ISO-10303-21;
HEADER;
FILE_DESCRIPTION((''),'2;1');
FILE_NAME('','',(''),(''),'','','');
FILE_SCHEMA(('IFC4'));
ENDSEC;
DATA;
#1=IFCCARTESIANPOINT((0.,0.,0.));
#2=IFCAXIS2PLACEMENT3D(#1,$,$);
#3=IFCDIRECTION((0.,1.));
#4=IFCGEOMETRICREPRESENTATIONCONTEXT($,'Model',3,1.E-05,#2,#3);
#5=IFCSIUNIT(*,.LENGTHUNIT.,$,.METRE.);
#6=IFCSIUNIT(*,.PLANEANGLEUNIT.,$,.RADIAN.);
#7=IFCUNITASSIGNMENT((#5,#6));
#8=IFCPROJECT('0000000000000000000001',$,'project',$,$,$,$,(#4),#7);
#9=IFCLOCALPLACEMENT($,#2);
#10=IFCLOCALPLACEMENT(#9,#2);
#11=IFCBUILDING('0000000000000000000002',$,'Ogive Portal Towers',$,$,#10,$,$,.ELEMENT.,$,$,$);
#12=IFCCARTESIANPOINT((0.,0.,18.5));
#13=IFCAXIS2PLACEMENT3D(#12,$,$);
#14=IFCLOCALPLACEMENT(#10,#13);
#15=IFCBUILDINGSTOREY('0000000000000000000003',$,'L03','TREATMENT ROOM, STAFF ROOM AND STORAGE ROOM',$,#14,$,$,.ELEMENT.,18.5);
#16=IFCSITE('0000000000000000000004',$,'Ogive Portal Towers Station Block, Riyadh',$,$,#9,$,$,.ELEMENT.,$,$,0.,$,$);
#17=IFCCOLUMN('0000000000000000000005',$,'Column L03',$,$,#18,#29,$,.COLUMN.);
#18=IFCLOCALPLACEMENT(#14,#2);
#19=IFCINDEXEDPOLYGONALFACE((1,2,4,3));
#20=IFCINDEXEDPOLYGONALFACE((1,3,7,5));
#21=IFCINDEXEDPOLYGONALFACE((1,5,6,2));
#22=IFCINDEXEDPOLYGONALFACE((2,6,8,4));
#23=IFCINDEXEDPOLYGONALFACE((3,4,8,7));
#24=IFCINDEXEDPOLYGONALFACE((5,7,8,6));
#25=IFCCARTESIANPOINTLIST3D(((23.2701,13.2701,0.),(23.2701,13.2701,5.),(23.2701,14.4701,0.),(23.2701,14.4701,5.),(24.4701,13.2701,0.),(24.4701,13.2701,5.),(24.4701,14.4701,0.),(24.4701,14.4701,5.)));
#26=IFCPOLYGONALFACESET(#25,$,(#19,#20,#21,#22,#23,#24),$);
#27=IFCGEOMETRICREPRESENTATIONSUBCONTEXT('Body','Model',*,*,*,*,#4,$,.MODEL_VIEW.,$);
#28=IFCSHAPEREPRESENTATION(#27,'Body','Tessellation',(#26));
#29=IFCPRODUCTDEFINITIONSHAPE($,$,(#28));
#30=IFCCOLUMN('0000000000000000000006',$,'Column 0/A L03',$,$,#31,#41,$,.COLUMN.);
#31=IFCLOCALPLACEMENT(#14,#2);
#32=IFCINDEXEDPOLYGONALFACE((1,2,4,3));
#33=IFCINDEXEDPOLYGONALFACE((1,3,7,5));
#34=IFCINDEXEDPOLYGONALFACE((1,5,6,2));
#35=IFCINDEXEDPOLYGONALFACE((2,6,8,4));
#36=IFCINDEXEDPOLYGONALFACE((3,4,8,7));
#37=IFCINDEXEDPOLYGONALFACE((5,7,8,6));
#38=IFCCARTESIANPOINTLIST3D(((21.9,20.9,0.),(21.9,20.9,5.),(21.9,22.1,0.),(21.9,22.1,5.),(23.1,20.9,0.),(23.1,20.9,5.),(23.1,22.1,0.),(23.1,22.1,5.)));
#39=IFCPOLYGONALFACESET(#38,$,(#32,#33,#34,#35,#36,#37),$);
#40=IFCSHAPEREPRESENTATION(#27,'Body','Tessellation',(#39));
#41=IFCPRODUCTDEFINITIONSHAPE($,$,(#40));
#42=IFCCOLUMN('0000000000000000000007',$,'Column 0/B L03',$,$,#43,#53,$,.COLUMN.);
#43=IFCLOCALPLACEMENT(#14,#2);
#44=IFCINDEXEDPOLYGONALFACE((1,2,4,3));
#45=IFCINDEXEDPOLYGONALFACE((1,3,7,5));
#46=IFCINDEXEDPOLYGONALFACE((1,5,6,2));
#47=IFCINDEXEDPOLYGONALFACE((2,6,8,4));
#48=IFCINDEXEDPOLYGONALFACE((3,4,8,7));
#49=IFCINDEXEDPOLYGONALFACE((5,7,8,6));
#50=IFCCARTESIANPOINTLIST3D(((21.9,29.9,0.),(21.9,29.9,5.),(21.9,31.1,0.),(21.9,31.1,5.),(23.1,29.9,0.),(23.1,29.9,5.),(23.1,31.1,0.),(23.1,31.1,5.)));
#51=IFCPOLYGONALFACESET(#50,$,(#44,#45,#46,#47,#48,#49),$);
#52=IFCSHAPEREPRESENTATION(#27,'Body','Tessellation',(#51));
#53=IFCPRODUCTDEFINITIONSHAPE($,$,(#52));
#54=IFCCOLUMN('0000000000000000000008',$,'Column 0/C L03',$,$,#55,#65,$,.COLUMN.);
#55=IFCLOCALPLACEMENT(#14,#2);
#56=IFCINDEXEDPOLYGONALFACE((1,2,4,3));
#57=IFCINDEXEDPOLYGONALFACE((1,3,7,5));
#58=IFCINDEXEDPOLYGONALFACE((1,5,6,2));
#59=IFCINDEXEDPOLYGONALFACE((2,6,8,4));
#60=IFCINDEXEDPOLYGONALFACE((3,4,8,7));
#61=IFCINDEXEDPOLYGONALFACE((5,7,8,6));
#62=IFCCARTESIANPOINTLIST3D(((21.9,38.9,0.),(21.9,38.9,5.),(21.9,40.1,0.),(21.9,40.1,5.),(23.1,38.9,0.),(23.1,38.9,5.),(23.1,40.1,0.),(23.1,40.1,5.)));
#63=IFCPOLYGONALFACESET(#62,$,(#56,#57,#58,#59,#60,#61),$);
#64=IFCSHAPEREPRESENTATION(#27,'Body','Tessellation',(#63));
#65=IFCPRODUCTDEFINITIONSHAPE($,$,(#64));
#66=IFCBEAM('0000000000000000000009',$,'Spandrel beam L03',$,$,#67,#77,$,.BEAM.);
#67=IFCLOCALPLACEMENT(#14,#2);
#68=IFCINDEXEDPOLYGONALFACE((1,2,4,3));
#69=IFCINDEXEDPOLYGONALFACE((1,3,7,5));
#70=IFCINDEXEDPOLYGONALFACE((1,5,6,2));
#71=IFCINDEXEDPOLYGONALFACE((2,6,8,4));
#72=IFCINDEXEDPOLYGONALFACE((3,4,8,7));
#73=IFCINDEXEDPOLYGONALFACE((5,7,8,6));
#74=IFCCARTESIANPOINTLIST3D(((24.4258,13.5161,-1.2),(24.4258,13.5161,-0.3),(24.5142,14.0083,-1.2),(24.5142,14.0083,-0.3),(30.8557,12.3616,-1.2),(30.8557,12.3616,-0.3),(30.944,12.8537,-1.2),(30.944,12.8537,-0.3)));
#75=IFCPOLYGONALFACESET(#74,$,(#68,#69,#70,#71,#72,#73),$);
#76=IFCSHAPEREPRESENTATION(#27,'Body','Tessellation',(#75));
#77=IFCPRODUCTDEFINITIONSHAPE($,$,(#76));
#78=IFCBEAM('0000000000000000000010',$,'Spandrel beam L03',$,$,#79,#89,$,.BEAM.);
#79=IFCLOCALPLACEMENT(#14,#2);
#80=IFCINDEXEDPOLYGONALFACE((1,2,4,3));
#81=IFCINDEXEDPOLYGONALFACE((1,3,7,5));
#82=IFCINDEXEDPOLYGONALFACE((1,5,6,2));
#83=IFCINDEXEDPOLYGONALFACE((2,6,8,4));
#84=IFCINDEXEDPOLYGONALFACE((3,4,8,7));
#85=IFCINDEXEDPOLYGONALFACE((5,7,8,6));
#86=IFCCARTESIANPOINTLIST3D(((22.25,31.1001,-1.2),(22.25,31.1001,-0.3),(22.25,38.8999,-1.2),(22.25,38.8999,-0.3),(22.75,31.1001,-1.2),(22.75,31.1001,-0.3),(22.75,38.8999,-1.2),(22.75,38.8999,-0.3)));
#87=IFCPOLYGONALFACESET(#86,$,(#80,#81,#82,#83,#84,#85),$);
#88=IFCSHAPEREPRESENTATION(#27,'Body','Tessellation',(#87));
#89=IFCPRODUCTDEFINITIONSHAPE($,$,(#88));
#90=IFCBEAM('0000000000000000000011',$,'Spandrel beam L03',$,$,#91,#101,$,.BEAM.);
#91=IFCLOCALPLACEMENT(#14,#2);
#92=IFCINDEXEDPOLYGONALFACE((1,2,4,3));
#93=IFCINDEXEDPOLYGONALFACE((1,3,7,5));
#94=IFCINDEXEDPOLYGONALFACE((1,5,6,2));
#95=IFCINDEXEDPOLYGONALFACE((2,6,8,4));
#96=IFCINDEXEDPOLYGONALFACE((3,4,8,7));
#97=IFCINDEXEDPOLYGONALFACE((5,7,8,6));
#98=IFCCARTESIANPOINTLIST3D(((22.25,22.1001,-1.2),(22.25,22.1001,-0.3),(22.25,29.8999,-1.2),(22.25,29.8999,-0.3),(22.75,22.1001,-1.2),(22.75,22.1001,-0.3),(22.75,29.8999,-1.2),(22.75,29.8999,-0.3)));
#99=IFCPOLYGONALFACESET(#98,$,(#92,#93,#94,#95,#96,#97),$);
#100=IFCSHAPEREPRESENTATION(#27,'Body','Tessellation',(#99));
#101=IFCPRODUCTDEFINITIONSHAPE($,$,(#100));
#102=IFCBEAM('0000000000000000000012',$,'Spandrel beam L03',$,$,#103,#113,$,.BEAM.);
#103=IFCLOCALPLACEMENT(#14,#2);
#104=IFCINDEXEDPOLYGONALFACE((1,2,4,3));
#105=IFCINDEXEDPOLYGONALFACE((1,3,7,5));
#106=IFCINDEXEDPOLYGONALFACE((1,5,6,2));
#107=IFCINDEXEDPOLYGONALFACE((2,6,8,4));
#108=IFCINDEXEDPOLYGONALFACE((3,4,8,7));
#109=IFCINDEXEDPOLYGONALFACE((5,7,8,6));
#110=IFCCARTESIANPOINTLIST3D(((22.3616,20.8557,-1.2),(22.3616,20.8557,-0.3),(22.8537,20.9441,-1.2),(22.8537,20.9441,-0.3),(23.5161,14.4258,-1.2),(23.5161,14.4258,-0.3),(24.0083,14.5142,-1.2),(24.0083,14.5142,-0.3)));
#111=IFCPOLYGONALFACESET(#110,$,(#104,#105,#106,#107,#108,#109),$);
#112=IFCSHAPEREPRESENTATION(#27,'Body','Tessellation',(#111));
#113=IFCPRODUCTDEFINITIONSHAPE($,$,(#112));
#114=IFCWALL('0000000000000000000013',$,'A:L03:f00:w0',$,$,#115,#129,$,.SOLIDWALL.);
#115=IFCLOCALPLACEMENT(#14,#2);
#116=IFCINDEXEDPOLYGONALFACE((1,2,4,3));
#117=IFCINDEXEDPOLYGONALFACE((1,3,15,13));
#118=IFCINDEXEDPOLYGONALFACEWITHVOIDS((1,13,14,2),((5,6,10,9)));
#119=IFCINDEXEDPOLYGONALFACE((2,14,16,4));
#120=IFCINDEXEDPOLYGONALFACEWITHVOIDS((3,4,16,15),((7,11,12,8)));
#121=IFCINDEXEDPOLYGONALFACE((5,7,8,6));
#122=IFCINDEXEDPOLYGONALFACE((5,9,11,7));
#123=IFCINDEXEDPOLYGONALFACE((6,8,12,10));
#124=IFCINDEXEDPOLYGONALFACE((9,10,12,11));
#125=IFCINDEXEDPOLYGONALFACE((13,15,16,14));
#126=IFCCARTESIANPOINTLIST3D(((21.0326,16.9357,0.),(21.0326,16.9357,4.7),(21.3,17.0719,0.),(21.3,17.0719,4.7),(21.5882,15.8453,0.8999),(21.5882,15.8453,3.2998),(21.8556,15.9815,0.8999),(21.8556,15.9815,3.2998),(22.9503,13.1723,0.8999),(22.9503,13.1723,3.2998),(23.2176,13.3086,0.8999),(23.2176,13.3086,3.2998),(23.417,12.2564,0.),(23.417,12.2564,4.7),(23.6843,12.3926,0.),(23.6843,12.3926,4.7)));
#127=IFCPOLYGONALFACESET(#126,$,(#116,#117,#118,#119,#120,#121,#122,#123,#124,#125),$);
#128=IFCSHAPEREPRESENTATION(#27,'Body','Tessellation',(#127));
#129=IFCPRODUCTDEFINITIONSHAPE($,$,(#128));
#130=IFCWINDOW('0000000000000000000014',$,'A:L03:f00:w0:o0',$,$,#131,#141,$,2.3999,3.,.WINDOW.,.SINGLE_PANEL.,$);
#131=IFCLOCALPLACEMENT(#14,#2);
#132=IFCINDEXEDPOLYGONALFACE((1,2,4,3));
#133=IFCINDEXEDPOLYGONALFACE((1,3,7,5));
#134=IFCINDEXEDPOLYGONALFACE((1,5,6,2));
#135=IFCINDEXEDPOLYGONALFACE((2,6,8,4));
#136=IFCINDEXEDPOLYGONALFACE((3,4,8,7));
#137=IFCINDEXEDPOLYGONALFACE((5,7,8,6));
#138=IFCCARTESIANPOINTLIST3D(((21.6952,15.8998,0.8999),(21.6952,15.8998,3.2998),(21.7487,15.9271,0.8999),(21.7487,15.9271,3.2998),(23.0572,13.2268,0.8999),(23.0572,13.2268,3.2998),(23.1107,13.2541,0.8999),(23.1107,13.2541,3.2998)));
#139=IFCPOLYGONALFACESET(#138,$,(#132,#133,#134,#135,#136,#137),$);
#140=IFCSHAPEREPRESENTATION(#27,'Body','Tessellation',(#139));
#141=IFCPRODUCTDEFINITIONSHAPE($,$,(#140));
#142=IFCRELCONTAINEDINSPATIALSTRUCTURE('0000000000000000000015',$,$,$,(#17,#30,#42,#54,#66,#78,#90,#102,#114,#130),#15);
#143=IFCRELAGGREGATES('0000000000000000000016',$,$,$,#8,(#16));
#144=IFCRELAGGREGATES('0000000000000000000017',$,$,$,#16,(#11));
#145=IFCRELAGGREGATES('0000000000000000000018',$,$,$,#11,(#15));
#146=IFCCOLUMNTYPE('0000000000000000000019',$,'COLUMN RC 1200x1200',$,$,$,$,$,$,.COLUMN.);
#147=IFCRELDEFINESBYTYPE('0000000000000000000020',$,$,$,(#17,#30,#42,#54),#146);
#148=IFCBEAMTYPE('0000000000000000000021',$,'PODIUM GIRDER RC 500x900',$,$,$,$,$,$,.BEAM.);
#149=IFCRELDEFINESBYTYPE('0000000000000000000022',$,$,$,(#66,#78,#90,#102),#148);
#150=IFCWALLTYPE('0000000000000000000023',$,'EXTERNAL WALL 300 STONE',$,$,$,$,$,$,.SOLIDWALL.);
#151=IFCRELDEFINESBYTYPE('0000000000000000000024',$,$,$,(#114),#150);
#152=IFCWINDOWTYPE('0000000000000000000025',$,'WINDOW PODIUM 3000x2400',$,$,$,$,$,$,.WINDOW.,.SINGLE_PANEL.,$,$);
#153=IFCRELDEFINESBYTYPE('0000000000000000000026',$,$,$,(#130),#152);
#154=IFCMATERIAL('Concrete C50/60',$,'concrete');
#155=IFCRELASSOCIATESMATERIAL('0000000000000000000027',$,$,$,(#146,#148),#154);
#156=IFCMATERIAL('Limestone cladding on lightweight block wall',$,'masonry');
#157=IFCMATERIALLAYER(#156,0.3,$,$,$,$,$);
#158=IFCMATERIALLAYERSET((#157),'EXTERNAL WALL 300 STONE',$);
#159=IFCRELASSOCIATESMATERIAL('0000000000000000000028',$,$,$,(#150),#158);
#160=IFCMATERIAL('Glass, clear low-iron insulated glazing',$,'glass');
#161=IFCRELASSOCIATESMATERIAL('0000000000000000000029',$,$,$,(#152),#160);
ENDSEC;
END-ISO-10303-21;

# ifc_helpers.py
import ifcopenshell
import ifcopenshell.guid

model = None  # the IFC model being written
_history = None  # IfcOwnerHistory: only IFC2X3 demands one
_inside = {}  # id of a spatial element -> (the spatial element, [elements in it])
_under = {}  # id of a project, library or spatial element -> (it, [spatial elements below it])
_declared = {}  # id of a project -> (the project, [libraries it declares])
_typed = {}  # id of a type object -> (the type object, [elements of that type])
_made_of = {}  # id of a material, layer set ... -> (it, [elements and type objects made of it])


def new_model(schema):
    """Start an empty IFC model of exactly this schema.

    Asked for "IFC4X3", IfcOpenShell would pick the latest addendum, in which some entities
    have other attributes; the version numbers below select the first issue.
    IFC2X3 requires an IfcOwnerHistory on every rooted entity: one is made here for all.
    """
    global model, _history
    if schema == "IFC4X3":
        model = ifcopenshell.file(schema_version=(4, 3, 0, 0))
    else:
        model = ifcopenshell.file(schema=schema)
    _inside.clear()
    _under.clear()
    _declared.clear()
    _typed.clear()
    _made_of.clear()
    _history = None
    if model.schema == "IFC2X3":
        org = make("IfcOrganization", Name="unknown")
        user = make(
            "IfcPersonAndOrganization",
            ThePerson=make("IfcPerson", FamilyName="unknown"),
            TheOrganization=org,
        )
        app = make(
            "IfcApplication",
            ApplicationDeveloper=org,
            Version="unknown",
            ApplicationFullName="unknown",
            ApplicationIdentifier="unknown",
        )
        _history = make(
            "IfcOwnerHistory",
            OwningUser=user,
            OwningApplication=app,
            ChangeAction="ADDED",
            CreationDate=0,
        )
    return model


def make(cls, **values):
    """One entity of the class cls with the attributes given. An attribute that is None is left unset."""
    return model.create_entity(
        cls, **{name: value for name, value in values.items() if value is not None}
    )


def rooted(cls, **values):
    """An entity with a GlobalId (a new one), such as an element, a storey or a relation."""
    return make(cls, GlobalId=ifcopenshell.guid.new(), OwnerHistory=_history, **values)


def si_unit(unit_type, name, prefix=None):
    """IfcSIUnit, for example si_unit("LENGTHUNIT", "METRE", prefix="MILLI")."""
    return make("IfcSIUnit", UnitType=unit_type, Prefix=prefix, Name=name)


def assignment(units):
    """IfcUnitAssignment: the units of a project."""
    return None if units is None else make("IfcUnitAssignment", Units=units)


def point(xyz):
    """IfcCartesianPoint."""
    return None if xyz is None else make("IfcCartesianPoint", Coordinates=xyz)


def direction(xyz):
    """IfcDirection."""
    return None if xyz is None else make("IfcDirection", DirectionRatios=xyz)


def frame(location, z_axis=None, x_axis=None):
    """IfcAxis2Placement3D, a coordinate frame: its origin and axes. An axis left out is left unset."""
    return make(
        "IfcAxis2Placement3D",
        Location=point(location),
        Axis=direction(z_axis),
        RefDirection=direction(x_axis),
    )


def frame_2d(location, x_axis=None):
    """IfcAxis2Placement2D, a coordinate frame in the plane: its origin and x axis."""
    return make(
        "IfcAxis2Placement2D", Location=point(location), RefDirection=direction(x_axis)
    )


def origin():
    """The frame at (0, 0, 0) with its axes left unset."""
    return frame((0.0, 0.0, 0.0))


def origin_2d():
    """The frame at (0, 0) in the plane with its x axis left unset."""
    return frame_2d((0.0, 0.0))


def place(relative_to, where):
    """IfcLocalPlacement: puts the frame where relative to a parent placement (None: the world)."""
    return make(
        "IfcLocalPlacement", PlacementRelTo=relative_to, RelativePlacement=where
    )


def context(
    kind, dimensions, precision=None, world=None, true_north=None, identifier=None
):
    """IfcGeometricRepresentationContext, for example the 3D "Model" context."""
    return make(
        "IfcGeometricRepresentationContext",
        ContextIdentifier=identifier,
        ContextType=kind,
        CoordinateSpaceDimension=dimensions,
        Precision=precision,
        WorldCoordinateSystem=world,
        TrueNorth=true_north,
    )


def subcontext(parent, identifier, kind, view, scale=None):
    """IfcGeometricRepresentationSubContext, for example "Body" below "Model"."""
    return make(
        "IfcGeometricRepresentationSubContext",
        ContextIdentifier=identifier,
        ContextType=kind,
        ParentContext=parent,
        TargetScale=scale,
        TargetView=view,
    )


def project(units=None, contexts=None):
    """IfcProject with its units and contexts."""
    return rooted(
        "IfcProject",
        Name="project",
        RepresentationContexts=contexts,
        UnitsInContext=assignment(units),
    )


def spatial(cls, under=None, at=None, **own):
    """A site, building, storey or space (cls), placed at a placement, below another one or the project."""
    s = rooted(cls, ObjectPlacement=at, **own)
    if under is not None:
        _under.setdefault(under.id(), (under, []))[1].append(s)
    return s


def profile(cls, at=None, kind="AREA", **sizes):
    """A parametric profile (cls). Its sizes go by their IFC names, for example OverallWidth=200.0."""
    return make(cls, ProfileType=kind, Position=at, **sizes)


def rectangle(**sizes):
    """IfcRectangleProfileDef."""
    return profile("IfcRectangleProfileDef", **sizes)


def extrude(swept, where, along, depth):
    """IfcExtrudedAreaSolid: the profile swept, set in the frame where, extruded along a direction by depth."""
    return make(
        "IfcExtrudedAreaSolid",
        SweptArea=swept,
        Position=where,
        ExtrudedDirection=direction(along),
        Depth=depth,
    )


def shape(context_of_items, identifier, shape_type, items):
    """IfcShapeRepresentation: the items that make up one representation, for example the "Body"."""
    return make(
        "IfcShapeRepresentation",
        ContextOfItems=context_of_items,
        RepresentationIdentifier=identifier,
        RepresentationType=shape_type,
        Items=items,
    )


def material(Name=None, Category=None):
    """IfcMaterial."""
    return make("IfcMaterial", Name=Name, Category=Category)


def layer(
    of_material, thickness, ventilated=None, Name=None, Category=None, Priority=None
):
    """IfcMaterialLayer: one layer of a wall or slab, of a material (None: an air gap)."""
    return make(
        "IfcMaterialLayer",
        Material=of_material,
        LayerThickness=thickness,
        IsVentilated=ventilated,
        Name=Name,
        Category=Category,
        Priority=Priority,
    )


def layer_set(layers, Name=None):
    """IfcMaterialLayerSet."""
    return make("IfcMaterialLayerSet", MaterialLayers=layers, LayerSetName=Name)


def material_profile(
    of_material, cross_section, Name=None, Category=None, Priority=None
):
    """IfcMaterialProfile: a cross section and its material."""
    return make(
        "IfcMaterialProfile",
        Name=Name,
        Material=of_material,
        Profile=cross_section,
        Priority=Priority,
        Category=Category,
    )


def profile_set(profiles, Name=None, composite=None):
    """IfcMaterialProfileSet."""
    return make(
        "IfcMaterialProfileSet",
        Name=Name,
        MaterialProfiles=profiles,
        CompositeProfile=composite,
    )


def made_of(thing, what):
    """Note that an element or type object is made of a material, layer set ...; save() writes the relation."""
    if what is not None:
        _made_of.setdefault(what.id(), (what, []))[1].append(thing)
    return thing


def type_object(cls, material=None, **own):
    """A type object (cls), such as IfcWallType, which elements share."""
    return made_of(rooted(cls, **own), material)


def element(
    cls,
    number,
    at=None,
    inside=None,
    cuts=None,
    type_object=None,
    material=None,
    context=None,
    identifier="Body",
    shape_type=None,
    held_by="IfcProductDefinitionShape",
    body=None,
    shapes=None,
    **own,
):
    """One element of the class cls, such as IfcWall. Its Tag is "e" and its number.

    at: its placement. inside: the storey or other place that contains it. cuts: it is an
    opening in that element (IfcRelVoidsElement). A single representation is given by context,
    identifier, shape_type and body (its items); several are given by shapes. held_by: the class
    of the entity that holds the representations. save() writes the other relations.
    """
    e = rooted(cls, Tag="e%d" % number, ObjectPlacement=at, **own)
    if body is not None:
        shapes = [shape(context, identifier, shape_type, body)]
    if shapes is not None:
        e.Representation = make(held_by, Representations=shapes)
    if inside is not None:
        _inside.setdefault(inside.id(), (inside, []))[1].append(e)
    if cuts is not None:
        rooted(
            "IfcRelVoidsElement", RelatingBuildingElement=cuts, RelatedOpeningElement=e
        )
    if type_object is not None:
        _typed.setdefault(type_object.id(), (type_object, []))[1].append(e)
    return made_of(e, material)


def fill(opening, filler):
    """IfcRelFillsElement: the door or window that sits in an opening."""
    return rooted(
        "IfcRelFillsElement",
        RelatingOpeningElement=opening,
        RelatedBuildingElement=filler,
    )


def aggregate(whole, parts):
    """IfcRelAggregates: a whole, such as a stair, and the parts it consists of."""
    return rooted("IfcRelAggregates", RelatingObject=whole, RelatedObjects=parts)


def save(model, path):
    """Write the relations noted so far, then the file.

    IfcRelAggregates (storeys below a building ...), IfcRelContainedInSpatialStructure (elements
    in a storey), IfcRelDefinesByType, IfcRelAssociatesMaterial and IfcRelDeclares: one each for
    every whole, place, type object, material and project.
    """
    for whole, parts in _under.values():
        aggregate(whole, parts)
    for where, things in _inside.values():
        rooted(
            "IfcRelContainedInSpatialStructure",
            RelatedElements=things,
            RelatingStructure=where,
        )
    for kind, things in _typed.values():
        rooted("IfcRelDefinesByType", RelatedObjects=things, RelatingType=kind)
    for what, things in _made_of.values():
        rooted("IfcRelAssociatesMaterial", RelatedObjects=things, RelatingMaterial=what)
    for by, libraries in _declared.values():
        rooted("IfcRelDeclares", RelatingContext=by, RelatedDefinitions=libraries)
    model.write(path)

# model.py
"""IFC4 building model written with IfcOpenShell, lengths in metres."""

from ifc_helpers import new_model, si_unit, direction, frame, frame_2d, origin, origin_2d, place, context, subcontext, project, spatial, rectangle, extrude, material, layer, layer_set, material_profile, profile_set, type_object, element, fill, save


model = new_model("IFC4")

# Units and contexts
model_context = context("Model", 3, precision=1e-05, world=origin(), true_north=direction((0.0, 1.0)))
body_context = subcontext(model_context, "Body", "Model", "MODEL_VIEW")
ifc_project = project(units=[si_unit("LENGTHUNIT", "METRE"), si_unit("PLANEANGLEUNIT", "RADIAN")], contexts=[model_context])

# Site, building, storey
site_placement = place(None, origin())
site = spatial("IfcSite", under=ifc_project, at=site_placement, Name="Ogive Portal Towers Station Block, Riyadh", CompositionType="ELEMENT", RefElevation=0.0)
building_placement = place(site_placement, origin())
building = spatial("IfcBuilding", under=site, at=building_placement, Name="Ogive Portal Towers", CompositionType="ELEMENT")
storey_placement = place(building_placement, frame((0.0, 0.0, 18.5)))
storey = spatial("IfcBuildingStorey", under=building, at=storey_placement, Name="L03", Description="TREATMENT ROOM, STAFF ROOM AND STORAGE ROOM", CompositionType="ELEMENT", Elevation=18.5)

# Columns
ifc_material_1 = material(Name="Concrete C50/60", Category="concrete")
ifc_material_profile_1 = material_profile(ifc_material_1, rectangle(XDim=1.2, YDim=1.2, at=origin_2d()), Name="RC 1200x1200")
ifc_profile_set_1 = profile_set([ifc_material_profile_1], Name="Concrete C50/60")
column_type = type_object("IfcColumnType", Name="COLUMN RC 1200x1200", PredefinedType="COLUMN", material=ifc_profile_set_1)
for number, where, z_axis, x_axis, name in (
    (1, (23.8701, 13.8701, 0.0), (0.0, 0.0, 1.0), (1.0, 0.0, 0.0), "Column L03"),
    (2, (22.5, 21.5, 0.0), (0.0, 0.0, 1.0), (1.0, 0.0, 0.0), "Column 0/A L03"),
    (3, (22.5, 30.5, 0.0), (0.0, 0.0, 1.0), (1.0, 0.0, 0.0), "Column 0/B L03"),
    (4, (22.5, 39.5, 0.0), (0.0, 0.0, 1.0), (1.0, 0.0, 0.0), "Column 0/C L03"),
):
    element("IfcColumn", number, at=place(storey_placement, frame(where, z_axis=z_axis, x_axis=x_axis)), inside=storey, type_object=column_type, Name=name, PredefinedType="COLUMN", context=body_context, shape_type="SweptSolid", body=[
        extrude(rectangle(XDim=1.2, YDim=1.2, at=origin_2d()), origin(), (0.0, 0.0, 1.0), 5.0),
    ])

# Beams
ifc_material_profile_2 = material_profile(ifc_material_1, rectangle(XDim=0.5, YDim=0.8999, at=origin_2d()), Name="RC 500x900")
ifc_profile_set_2 = profile_set([ifc_material_profile_2], Name="Concrete C50/60")
beam_type = type_object("IfcBeamType", Name="PODIUM GIRDER RC 500x900", PredefinedType="BEAM", material=ifc_profile_set_2)
beam_1_placement = place(storey_placement, frame((24.47, 13.7622, -0.75), z_axis=(0.984259, -0.176731, 0.0), x_axis=(0.176731, 0.984259, 0.0)))
element("IfcBeam", 5, at=beam_1_placement, inside=storey, type_object=beam_type, Name="Spandrel beam L03", PredefinedType="BEAM", context=body_context, shape_type="SweptSolid", body=[
    extrude(rectangle(XDim=0.5, YDim=0.8999, at=origin_2d()), origin(), (0.0, 0.0, 1.0), 6.5327),
])
for number, where, z_axis, x_axis, name in (
    (6, (22.5, 38.8999, -0.75), (0.0, -1.0, 0.0), (1.0, 0.0, 0.0), "Spandrel beam L03"),
    (7, (22.5, 29.8999, -0.75), (0.0, -1.0, 0.0), (1.0, 0.0, 0.0), "Spandrel beam L03"),
):
    element("IfcBeam", number, at=place(storey_placement, frame(where, z_axis=z_axis, x_axis=x_axis)), inside=storey, type_object=beam_type, Name=name, PredefinedType="BEAM", context=body_context, shape_type="SweptSolid", body=[
        extrude(rectangle(XDim=0.5, YDim=0.8999, at=origin_2d()), origin(), (0.0, 0.0, 1.0), 7.7998),
    ])
beam_2_placement = place(storey_placement, frame((22.6077, 20.8999, -0.75), z_axis=(0.176731, -0.984259, 0.0), x_axis=(0.984259, 0.176731, 0.0)))
element("IfcBeam", 8, at=beam_2_placement, inside=storey, type_object=beam_type, Name="Spandrel beam L03", PredefinedType="BEAM", context=body_context, shape_type="SweptSolid", body=[
    extrude(rectangle(XDim=0.5, YDim=0.8999, at=origin_2d()), origin(), (0.0, 0.0, 1.0), 6.5327),
])

# Wall, opening, window
ifc_material_2 = material(Name="Limestone cladding on lightweight block wall", Category="masonry")
ifc_layer_1 = layer(ifc_material_2, 0.3)
ifc_layer_set_1 = layer_set([ifc_layer_1], Name="EXTERNAL WALL 300 STONE")
wall_type_1 = type_object("IfcWallType", Name="EXTERNAL WALL 300 STONE", PredefinedType="SOLIDWALL", material=ifc_layer_set_1)
wall_1_placement = place(storey_placement, frame((21.1663, 17.0039, 0.0), z_axis=(0.0, 0.0, 1.0), x_axis=(0.454007, -0.890998, 0.0)))
wall_1 = element("IfcWall", 9, at=wall_1_placement, inside=storey, type_object=wall_type_1, Name="A:L03:f00:w0", PredefinedType="SOLIDWALL", context=body_context, shape_type="SweptSolid", body=[
    extrude(rectangle(XDim=5.2517, YDim=0.3, at=frame_2d((2.626, 0.0))), origin(), (0.0, 0.0, 1.0), 4.7),
])
opening_1_placement = place(wall_1_placement, frame((1.2239, 0.0, 0.8999)))
opening_1 = element("IfcOpeningElement", 10, at=opening_1_placement, cuts=wall_1, PredefinedType="OPENING", context=body_context, shape_type="SweptSolid", body=[
    extrude(rectangle(XDim=3.0, YDim=2.3999, at=frame_2d((1.5, 1.2))), frame((0.0, 0.1602, 0.0), z_axis=(0.0, -1.0, 0.0), x_axis=(1.0, 0.0, 0.0)), (0.0, 0.0, 1.0), 0.3201),
])
ifc_material_3 = material(Name="Glass, clear low-iron insulated glazing", Category="glass")
window_type = type_object("IfcWindowType", Name="WINDOW PODIUM 3000x2400", PartitioningType="SINGLE_PANEL", PredefinedType="WINDOW", material=ifc_material_3)
window_placement = place(opening_1_placement, origin())
window = element("IfcWindow", 11, at=window_placement, inside=storey, type_object=window_type, Name="A:L03:f00:w0:o0", OverallHeight=2.3999, OverallWidth=3.0, PartitioningType="SINGLE_PANEL", PredefinedType="WINDOW", context=body_context, shape_type="SweptSolid", body=[
    extrude(rectangle(XDim=3.0, YDim=2.3999, at=frame_2d((1.5, 1.2))), frame((0.0, 0.03, 0.0), z_axis=(0.0, -1.0, 0.0), x_axis=(1.0, 0.0, 0.0)), (0.0, 0.0, 1.0), 0.0601),
])
fill(opening_1, window)

save(model, "model.ifc")
